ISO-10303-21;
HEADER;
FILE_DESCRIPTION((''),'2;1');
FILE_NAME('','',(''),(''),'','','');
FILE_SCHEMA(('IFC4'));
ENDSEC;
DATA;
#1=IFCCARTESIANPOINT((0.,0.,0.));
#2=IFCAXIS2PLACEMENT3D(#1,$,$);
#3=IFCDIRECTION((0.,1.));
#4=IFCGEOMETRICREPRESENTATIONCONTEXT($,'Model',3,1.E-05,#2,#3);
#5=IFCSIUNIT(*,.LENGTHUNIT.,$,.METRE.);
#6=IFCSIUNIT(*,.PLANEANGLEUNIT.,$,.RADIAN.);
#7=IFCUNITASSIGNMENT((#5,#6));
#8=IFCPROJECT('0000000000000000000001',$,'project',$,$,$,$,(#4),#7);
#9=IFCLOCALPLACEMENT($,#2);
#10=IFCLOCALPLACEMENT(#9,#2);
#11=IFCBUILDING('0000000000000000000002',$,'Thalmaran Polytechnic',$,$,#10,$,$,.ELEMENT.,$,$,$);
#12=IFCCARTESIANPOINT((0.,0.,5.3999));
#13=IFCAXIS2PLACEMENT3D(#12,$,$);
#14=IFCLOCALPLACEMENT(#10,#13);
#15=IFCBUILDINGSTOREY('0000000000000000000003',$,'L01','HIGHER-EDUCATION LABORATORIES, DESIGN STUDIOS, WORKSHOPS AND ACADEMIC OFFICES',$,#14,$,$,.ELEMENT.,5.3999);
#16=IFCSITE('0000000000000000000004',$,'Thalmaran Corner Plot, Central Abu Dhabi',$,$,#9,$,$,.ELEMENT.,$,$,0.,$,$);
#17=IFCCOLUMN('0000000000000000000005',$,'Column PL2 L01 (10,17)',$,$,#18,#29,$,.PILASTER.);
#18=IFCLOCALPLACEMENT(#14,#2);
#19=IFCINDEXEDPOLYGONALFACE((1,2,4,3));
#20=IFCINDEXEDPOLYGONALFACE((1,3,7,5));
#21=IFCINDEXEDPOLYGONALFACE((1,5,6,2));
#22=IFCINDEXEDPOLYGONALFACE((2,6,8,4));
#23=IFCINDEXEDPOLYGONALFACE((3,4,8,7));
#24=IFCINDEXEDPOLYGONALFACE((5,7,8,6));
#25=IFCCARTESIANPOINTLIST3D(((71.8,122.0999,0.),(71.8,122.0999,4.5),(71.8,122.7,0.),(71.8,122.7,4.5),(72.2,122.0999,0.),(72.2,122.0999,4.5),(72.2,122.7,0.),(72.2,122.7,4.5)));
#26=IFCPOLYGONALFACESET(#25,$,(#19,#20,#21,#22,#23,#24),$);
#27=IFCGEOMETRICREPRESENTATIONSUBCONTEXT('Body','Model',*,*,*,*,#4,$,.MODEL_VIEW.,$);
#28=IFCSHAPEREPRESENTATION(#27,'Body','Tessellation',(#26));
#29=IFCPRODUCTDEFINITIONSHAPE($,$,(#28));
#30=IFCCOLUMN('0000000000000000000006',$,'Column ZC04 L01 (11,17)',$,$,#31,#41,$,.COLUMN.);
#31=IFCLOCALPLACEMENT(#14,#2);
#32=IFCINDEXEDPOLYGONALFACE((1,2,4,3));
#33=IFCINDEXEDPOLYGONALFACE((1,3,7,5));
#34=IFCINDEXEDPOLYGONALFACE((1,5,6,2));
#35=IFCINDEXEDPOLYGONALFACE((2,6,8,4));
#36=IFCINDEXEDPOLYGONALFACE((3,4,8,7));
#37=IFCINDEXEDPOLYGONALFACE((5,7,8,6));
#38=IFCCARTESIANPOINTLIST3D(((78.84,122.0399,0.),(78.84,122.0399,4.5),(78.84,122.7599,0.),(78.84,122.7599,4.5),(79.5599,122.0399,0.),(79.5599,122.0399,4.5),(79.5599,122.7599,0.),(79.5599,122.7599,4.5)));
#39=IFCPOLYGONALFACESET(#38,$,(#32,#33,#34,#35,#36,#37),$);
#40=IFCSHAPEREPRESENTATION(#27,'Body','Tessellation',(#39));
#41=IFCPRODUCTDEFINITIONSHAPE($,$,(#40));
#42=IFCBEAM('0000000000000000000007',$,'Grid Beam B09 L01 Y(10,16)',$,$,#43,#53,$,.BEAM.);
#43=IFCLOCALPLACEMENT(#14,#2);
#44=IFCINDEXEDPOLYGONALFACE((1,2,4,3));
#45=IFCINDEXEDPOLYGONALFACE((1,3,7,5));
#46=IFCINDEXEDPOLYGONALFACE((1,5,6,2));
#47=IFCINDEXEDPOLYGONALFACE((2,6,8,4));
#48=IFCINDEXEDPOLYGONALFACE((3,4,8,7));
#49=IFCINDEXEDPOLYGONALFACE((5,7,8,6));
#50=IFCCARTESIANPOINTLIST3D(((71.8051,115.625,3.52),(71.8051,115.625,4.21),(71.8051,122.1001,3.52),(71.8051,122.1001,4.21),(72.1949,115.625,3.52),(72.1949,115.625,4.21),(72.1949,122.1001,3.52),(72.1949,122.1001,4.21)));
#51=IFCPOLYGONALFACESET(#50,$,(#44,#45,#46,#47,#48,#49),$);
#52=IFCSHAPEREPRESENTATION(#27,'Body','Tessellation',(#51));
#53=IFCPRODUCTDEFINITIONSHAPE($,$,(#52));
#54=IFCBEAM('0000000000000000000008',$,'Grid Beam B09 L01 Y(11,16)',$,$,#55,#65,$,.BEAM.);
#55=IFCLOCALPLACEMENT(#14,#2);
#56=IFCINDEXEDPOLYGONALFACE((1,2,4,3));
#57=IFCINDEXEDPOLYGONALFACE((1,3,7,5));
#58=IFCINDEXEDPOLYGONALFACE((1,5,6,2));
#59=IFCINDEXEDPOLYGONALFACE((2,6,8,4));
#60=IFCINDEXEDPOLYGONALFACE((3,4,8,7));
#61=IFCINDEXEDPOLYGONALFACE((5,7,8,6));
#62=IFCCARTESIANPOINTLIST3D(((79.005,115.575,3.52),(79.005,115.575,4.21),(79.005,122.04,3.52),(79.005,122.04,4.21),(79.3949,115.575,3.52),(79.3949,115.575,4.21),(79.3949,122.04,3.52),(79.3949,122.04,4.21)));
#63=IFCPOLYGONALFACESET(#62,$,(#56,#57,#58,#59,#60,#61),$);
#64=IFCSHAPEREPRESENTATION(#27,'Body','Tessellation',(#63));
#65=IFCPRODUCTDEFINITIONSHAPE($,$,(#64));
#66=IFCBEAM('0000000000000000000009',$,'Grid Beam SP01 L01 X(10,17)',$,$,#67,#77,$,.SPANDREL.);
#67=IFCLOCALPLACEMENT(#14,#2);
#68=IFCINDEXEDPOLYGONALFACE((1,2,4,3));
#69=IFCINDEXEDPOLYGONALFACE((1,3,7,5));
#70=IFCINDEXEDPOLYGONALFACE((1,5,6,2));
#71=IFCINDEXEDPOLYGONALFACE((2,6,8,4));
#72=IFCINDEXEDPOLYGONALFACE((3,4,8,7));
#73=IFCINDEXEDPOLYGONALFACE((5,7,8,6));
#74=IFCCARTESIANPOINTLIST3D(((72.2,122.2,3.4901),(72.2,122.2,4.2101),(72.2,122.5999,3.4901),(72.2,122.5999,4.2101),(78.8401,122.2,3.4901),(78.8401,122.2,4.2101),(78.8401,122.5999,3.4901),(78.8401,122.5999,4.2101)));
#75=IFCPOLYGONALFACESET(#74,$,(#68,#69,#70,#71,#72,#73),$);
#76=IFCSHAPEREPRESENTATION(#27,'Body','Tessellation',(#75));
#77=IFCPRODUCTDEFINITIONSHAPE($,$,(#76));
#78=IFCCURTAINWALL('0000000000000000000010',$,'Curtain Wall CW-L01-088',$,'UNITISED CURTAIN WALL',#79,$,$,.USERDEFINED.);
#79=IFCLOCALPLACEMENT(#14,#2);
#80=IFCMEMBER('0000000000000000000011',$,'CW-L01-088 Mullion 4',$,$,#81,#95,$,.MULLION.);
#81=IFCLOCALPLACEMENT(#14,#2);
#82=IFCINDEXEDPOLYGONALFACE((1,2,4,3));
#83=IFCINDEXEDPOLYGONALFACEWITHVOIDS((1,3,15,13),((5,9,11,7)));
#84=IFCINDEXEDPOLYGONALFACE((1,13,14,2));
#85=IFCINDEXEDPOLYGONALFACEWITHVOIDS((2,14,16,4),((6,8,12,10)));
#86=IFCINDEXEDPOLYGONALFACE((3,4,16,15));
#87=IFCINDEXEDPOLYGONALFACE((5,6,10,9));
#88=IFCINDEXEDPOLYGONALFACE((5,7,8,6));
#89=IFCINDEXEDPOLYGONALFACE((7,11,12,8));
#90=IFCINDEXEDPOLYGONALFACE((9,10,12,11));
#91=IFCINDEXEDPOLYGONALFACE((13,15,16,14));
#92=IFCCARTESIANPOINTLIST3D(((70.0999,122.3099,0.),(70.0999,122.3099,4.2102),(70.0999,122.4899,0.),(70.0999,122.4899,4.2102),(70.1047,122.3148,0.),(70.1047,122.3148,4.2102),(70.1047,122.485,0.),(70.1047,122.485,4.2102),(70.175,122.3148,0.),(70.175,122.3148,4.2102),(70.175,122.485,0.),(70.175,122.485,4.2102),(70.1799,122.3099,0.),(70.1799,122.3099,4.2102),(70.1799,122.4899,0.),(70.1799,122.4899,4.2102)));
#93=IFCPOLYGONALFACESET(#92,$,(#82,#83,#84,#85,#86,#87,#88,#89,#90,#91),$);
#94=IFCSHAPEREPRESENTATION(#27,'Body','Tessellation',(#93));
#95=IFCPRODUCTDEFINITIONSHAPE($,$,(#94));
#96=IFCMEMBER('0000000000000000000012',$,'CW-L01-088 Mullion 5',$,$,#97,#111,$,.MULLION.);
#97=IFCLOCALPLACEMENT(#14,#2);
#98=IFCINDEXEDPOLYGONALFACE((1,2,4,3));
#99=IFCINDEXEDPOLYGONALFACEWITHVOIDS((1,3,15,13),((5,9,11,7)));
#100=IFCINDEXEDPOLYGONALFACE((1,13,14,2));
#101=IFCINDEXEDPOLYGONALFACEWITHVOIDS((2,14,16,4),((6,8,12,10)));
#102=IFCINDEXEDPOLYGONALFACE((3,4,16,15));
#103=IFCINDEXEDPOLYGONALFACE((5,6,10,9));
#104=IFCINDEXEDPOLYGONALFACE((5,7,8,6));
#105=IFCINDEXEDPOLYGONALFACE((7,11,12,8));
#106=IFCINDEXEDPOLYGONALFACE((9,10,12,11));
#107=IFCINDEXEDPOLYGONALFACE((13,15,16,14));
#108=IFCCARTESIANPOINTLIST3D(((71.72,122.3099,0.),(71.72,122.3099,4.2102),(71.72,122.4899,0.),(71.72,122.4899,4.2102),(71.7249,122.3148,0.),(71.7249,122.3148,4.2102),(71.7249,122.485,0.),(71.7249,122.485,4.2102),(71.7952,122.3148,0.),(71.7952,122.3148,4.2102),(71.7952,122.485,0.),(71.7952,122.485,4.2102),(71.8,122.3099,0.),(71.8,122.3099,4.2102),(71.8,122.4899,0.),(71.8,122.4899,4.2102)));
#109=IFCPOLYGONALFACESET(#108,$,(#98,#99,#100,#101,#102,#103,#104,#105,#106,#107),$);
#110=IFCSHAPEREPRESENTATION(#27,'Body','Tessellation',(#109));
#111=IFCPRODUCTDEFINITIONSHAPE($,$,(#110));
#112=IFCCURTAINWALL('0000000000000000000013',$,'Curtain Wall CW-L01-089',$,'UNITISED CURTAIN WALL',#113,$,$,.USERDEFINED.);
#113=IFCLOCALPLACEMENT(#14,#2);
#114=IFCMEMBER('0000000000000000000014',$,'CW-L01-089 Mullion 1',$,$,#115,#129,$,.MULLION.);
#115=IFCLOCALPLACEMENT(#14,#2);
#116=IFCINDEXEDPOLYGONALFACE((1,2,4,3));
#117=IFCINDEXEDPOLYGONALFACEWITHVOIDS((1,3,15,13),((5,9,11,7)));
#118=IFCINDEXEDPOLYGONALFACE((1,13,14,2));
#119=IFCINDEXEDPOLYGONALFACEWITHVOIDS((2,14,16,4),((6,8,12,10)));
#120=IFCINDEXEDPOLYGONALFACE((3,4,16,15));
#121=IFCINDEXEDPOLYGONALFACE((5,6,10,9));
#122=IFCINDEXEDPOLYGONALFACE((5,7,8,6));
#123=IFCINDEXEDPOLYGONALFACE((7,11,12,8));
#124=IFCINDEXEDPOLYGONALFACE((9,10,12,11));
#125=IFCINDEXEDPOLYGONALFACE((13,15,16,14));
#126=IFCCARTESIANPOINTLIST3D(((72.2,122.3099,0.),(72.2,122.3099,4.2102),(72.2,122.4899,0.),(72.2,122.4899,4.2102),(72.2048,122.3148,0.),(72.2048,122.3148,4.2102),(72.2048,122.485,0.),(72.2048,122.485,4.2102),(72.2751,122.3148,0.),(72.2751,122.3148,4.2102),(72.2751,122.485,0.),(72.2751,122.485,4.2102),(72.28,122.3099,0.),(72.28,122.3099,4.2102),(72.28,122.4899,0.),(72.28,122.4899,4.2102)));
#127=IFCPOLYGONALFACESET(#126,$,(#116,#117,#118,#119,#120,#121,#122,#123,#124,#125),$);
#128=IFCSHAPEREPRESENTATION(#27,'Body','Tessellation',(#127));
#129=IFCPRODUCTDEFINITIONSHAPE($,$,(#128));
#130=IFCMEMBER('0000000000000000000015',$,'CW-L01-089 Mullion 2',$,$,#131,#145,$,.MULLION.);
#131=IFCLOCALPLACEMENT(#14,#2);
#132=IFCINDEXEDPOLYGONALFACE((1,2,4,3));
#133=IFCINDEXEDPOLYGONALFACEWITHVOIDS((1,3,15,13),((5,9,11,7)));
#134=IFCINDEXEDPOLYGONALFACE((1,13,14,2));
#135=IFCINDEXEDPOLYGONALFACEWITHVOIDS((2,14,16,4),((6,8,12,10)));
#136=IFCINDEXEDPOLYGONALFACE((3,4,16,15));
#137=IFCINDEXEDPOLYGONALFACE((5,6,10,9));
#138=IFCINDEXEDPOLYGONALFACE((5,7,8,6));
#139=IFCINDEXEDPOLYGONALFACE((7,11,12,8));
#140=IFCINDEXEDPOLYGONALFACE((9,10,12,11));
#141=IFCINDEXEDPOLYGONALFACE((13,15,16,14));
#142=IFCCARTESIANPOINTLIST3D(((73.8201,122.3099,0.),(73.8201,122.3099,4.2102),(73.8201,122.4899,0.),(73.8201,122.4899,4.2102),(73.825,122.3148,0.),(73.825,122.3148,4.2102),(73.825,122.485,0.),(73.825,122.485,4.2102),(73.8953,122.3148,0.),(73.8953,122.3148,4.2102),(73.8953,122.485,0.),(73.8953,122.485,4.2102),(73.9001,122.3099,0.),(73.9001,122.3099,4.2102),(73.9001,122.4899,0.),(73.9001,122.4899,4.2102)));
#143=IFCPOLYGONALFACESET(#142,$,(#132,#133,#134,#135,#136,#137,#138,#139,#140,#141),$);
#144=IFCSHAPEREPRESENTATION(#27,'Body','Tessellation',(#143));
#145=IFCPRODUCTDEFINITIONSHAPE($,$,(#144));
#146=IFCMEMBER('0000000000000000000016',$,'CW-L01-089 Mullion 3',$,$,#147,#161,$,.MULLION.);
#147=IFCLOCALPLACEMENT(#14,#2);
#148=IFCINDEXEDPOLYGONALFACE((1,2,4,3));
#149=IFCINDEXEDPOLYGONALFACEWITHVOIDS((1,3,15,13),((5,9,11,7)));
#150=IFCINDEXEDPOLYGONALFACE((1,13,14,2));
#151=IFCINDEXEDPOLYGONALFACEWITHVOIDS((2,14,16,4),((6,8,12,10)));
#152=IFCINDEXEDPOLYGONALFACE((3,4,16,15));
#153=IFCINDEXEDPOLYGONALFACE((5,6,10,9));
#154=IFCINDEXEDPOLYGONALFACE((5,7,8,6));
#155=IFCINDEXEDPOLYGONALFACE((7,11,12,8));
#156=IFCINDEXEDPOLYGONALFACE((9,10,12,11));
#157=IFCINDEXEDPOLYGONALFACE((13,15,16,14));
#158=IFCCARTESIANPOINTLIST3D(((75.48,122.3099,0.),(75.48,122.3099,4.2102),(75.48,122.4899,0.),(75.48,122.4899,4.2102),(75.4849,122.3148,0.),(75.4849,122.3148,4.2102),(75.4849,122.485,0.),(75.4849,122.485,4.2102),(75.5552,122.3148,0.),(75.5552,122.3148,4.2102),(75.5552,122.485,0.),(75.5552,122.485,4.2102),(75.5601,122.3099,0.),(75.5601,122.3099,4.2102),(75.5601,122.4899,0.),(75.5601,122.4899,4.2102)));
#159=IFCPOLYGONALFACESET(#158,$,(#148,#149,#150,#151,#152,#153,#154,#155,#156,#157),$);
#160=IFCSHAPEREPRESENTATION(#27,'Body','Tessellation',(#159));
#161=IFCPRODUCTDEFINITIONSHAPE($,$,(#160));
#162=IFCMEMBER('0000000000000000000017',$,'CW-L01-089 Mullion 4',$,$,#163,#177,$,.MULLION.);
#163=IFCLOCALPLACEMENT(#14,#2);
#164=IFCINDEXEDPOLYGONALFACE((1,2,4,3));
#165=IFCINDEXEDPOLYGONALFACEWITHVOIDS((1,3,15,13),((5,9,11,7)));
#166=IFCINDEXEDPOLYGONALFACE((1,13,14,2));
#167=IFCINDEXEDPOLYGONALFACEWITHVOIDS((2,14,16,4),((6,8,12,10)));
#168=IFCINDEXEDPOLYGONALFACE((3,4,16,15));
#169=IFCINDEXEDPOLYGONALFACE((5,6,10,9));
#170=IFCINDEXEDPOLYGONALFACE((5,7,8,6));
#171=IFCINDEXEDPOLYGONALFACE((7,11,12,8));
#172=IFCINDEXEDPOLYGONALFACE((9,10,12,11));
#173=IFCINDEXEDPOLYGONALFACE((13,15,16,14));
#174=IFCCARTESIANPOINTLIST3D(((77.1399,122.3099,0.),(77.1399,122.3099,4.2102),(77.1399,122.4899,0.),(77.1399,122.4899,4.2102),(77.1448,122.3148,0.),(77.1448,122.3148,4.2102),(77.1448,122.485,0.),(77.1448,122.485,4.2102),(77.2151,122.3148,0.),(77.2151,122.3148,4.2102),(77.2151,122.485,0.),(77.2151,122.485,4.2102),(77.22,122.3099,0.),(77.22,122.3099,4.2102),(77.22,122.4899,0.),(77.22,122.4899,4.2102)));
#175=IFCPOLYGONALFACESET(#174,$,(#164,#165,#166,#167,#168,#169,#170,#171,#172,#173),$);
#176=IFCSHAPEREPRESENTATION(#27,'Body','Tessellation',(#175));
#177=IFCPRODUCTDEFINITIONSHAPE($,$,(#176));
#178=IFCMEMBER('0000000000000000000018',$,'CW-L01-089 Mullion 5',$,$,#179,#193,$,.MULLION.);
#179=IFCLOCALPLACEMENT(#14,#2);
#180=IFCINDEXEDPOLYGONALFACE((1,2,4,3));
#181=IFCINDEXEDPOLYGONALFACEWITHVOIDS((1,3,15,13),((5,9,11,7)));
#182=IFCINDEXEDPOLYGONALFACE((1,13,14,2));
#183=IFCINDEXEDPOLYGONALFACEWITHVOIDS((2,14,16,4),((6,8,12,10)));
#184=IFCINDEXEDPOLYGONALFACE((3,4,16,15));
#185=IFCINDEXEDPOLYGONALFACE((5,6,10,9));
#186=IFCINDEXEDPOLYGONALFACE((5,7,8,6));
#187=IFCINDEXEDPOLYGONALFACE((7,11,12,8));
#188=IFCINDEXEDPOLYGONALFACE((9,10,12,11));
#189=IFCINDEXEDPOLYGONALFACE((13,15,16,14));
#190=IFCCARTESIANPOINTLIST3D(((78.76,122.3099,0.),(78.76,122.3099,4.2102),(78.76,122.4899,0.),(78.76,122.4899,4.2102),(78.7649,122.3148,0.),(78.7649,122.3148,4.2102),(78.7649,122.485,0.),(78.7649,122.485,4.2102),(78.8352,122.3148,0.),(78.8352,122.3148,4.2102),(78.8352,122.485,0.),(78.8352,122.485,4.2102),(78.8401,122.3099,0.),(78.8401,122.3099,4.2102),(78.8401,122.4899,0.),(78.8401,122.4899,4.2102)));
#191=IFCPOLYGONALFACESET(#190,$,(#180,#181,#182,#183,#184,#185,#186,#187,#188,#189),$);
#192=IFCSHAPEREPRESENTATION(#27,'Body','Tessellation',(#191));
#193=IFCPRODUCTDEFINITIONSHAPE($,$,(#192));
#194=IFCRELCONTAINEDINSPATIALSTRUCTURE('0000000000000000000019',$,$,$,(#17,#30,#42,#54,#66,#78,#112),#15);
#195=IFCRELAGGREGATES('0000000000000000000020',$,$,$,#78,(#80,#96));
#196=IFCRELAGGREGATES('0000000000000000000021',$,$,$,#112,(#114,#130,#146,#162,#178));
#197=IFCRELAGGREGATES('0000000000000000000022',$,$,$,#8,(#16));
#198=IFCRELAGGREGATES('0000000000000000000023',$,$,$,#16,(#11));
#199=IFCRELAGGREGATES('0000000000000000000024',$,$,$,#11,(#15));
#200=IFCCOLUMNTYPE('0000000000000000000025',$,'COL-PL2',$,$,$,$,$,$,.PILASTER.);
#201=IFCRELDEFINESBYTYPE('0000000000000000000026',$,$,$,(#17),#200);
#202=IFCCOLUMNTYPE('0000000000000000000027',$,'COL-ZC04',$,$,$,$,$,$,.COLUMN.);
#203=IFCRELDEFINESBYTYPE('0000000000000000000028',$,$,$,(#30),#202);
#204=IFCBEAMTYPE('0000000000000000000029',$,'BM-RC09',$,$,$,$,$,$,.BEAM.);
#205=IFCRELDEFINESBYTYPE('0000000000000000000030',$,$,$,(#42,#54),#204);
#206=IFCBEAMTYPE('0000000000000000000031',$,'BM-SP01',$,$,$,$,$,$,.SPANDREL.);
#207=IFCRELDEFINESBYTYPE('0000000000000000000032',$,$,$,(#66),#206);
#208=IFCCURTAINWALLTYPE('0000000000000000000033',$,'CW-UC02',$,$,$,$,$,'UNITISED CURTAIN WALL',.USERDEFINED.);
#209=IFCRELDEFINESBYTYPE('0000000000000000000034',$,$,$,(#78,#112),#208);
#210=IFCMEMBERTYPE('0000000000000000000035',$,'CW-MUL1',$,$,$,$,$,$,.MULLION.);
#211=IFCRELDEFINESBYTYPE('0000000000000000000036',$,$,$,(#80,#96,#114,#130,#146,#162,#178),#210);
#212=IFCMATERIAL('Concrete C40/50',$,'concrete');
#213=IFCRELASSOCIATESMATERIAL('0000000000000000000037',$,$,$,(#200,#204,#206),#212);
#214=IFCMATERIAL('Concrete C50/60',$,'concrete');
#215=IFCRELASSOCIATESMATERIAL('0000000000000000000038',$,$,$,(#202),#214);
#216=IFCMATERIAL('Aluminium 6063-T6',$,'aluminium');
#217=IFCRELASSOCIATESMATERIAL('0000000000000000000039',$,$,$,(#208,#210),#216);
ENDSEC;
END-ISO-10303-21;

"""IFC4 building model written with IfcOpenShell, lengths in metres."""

from ifc_helpers import new_model, si_unit, direction, frame, origin, origin_2d, place, context, subcontext, project, spatial, rectangle, hollow_rectangle, extrude, material, material_profile, profile_set, type_object, element, aggregate, save


model = new_model("IFC4")

# Units and contexts
model_context = context("Model", 3, precision=1e-05, world=origin(), true_north=direction((0.0, 1.0)))
body_context = subcontext(model_context, "Body", "Model", "MODEL_VIEW")
ifc_project = project(units=[si_unit("LENGTHUNIT", "METRE"), si_unit("PLANEANGLEUNIT", "RADIAN")], contexts=[model_context])

# Site, building, storey
site_placement = place(None, origin())
site = spatial("IfcSite", under=ifc_project, at=site_placement, Name="Thalmaran Corner Plot, Central Abu Dhabi", CompositionType="ELEMENT", RefElevation=0.0)
building_placement = place(site_placement, origin())
building = spatial("IfcBuilding", under=site, at=building_placement, Name="Thalmaran Polytechnic", CompositionType="ELEMENT")
storey_placement = place(building_placement, frame((0.0, 0.0, 5.3999)))
storey = spatial("IfcBuildingStorey", under=building, at=storey_placement, Name="L01", Description="HIGHER-EDUCATION LABORATORIES, DESIGN STUDIOS, WORKSHOPS AND ACADEMIC OFFICES", CompositionType="ELEMENT", Elevation=5.3999)

# Columns
ifc_material_1 = material(Name="Concrete C40/50", Category="concrete")
ifc_material_profile_1 = material_profile(ifc_material_1, rectangle(XDim=0.3999, YDim=0.6001, at=origin_2d()), Name="RC 400x600")
ifc_profile_set_1 = profile_set([ifc_material_profile_1], Name="Concrete C40/50")
column_type_1 = type_object("IfcColumnType", Name="COL-PL2", PredefinedType="PILASTER", material=ifc_profile_set_1)
column_1_placement = place(storey_placement, frame((72.0, 122.3999, 0.0), z_axis=(0.0, 0.0, 1.0), x_axis=(1.0, 0.0, 0.0)))
element("IfcColumn", 1, at=column_1_placement, inside=storey, type_object=column_type_1, Name="Column PL2 L01 (10,17)", PredefinedType="PILASTER", context=body_context, shape_type="SweptSolid", body=[
    extrude(rectangle(XDim=0.3999, YDim=0.6001, at=origin_2d()), origin(), (0.0, 0.0, 1.0), 4.5),
])
ifc_material_2 = material(Name="Concrete C50/60", Category="concrete")
ifc_material_profile_2 = material_profile(ifc_material_2, rectangle(XDim=0.72, YDim=0.72, at=origin_2d()), Name="RC 720x720")
ifc_profile_set_2 = profile_set([ifc_material_profile_2], Name="Concrete C50/60")
column_type_2 = type_object("IfcColumnType", Name="COL-ZC04", PredefinedType="COLUMN", material=ifc_profile_set_2)
column_2_placement = place(storey_placement, frame((79.2, 122.3999, 0.0), z_axis=(0.0, 0.0, 1.0), x_axis=(1.0, 0.0, 0.0)))
element("IfcColumn", 2, at=column_2_placement, inside=storey, type_object=column_type_2, Name="Column ZC04 L01 (11,17)", PredefinedType="COLUMN", context=body_context, shape_type="SweptSolid", body=[
    extrude(rectangle(XDim=0.72, YDim=0.72, at=origin_2d()), origin(), (0.0, 0.0, 1.0), 4.5),
])

# Beams
ifc_material_profile_3 = material_profile(ifc_material_1, rectangle(XDim=0.3899, YDim=0.6899, at=origin_2d()), Name="RC 390x690")
ifc_profile_set_3 = profile_set([ifc_material_profile_3], Name="Concrete C40/50")
beam_type_1 = type_object("IfcBeamType", Name="BM-RC09", PredefinedType="BEAM", material=ifc_profile_set_3)
beam_1_placement = place(storey_placement, frame((72.0, 115.625, 3.865), z_axis=(0.0, 1.0, 0.0), x_axis=(-1.0, 0.0, 0.0)))
element("IfcBeam", 3, at=beam_1_placement, inside=storey, type_object=beam_type_1, Name="Grid Beam B09 L01 Y(10,16)", PredefinedType="BEAM", context=body_context, shape_type="SweptSolid", body=[
    extrude(rectangle(XDim=0.3899, YDim=0.6899, at=origin_2d()), origin(), (0.0, 0.0, 1.0), 6.4751),
])
beam_2_placement = place(storey_placement, frame((79.2, 115.575, 3.865), z_axis=(0.0, 1.0, 0.0), x_axis=(-1.0, 0.0, 0.0)))
element("IfcBeam", 4, at=beam_2_placement, inside=storey, type_object=beam_type_1, Name="Grid Beam B09 L01 Y(11,16)", PredefinedType="BEAM", context=body_context, shape_type="SweptSolid", body=[
    extrude(rectangle(XDim=0.3899, YDim=0.6899, at=origin_2d()), origin(), (0.0, 0.0, 1.0), 6.4651),
])
ifc_material_profile_4 = material_profile(ifc_material_1, rectangle(XDim=0.3999, YDim=0.72, at=origin_2d()), Name="RC 400x720")
ifc_profile_set_4 = profile_set([ifc_material_profile_4], Name="Concrete C40/50")
beam_type_2 = type_object("IfcBeamType", Name="BM-SP01", PredefinedType="SPANDREL", material=ifc_profile_set_4)
beam_3_placement = place(storey_placement, frame((72.2, 122.3999, 3.8501), z_axis=(1.0, 0.0, 0.0), x_axis=(0.0, 1.0, 0.0)))
element("IfcBeam", 5, at=beam_3_placement, inside=storey, type_object=beam_type_2, Name="Grid Beam SP01 L01 X(10,17)", PredefinedType="SPANDREL", context=body_context, shape_type="SweptSolid", body=[
    extrude(rectangle(XDim=0.3999, YDim=0.72, at=origin_2d()), origin(), (0.0, 0.0, 1.0), 6.6401),
])

# Curtain walls, members
ifc_material_3 = material(Name="Aluminium 6063-T6", Category="aluminium")
curtain_wall_type = type_object("IfcCurtainWallType", Name="CW-UC02", ElementType="UNITISED CURTAIN WALL", PredefinedType="USERDEFINED", material=ifc_material_3)
curtain_wall_1_placement = place(storey_placement, origin())
curtain_wall_1 = element("IfcCurtainWall", 6, at=curtain_wall_1_placement, inside=storey, type_object=curtain_wall_type, Name="Curtain Wall CW-L01-088", ObjectType="UNITISED CURTAIN WALL", PredefinedType="USERDEFINED")
ifc_material_profile_5 = material_profile(ifc_material_3, hollow_rectangle(XDim=0.0801, YDim=0.1799, WallThickness=0.0049, at=origin_2d()), Name="RHS 180x80x5.0")
ifc_profile_set_5 = profile_set([ifc_material_profile_5], Name="Aluminium 6063-T6")
member_type_1 = type_object("IfcMemberType", Name="CW-MUL1", PredefinedType="MULLION", material=ifc_profile_set_5)
member_1_placement = place(storey_placement, frame((70.1399, 122.3999, 0.0), z_axis=(0.0, 0.0, 1.0), x_axis=(1.0, 0.0, 0.0)))
member_1 = element("IfcMember", 7, at=member_1_placement, type_object=member_type_1, Name="CW-L01-088 Mullion 4", PredefinedType="MULLION", context=body_context, shape_type="SweptSolid", body=[
    extrude(hollow_rectangle(XDim=0.0801, YDim=0.1799, WallThickness=0.0049, at=origin_2d()), origin(), (0.0, 0.0, 1.0), 4.2102),
])
member_2_placement = place(storey_placement, frame((71.76, 122.3999, 0.0), z_axis=(0.0, 0.0, 1.0), x_axis=(1.0, 0.0, 0.0)))
member_2 = element("IfcMember", 8, at=member_2_placement, type_object=member_type_1, Name="CW-L01-088 Mullion 5", PredefinedType="MULLION", context=body_context, shape_type="SweptSolid", body=[
    extrude(hollow_rectangle(XDim=0.0801, YDim=0.1799, WallThickness=0.0049, at=origin_2d()), origin(), (0.0, 0.0, 1.0), 4.2102),
])
curtain_wall_2_placement = place(storey_placement, origin())
curtain_wall_2 = element("IfcCurtainWall", 9, at=curtain_wall_2_placement, inside=storey, type_object=curtain_wall_type, Name="Curtain Wall CW-L01-089", ObjectType="UNITISED CURTAIN WALL", PredefinedType="USERDEFINED")
member_3_placement = place(storey_placement, frame((72.24, 122.3999, 0.0), z_axis=(0.0, 0.0, 1.0), x_axis=(1.0, 0.0, 0.0)))
member_3 = element("IfcMember", 10, at=member_3_placement, type_object=member_type_1, Name="CW-L01-089 Mullion 1", PredefinedType="MULLION", context=body_context, shape_type="SweptSolid", body=[
    extrude(hollow_rectangle(XDim=0.0801, YDim=0.1799, WallThickness=0.0049, at=origin_2d()), origin(), (0.0, 0.0, 1.0), 4.2102),
])
member_4_placement = place(storey_placement, frame((73.8601, 122.3999, 0.0), z_axis=(0.0, 0.0, 1.0), x_axis=(1.0, 0.0, 0.0)))
member_4 = element("IfcMember", 11, at=member_4_placement, type_object=member_type_1, Name="CW-L01-089 Mullion 2", PredefinedType="MULLION", context=body_context, shape_type="SweptSolid", body=[
    extrude(hollow_rectangle(XDim=0.0801, YDim=0.1799, WallThickness=0.0049, at=origin_2d()), origin(), (0.0, 0.0, 1.0), 4.2102),
])
member_5_placement = place(storey_placement, frame((75.52, 122.3999, 0.0), z_axis=(0.0, 0.0, 1.0), x_axis=(1.0, 0.0, 0.0)))
member_5 = element("IfcMember", 12, at=member_5_placement, type_object=member_type_1, Name="CW-L01-089 Mullion 3", PredefinedType="MULLION", context=body_context, shape_type="SweptSolid", body=[
    extrude(hollow_rectangle(XDim=0.0801, YDim=0.1799, WallThickness=0.0049, at=origin_2d()), origin(), (0.0, 0.0, 1.0), 4.2102),
])
member_6_placement = place(storey_placement, frame((77.1799, 122.3999, 0.0), z_axis=(0.0, 0.0, 1.0), x_axis=(1.0, 0.0, 0.0)))
member_6 = element("IfcMember", 13, at=member_6_placement, type_object=member_type_1, Name="CW-L01-089 Mullion 4", PredefinedType="MULLION", context=body_context, shape_type="SweptSolid", body=[
    extrude(hollow_rectangle(XDim=0.0801, YDim=0.1799, WallThickness=0.0049, at=origin_2d()), origin(), (0.0, 0.0, 1.0), 4.2102),
])
member_7_placement = place(storey_placement, frame((78.8, 122.3999, 0.0), z_axis=(0.0, 0.0, 1.0), x_axis=(1.0, 0.0, 0.0)))
member_7 = element("IfcMember", 14, at=member_7_placement, type_object=member_type_1, Name="CW-L01-089 Mullion 5", PredefinedType="MULLION", context=body_context, shape_type="SweptSolid", body=[
    extrude(hollow_rectangle(XDim=0.0801, YDim=0.1799, WallThickness=0.0049, at=origin_2d()), origin(), (0.0, 0.0, 1.0), 4.2102),
])

aggregate(curtain_wall_1, [member_1, member_2])
aggregate(curtain_wall_2, [member_3, member_4, member_5, member_6, member_7])

save(model, "model.ifc")
